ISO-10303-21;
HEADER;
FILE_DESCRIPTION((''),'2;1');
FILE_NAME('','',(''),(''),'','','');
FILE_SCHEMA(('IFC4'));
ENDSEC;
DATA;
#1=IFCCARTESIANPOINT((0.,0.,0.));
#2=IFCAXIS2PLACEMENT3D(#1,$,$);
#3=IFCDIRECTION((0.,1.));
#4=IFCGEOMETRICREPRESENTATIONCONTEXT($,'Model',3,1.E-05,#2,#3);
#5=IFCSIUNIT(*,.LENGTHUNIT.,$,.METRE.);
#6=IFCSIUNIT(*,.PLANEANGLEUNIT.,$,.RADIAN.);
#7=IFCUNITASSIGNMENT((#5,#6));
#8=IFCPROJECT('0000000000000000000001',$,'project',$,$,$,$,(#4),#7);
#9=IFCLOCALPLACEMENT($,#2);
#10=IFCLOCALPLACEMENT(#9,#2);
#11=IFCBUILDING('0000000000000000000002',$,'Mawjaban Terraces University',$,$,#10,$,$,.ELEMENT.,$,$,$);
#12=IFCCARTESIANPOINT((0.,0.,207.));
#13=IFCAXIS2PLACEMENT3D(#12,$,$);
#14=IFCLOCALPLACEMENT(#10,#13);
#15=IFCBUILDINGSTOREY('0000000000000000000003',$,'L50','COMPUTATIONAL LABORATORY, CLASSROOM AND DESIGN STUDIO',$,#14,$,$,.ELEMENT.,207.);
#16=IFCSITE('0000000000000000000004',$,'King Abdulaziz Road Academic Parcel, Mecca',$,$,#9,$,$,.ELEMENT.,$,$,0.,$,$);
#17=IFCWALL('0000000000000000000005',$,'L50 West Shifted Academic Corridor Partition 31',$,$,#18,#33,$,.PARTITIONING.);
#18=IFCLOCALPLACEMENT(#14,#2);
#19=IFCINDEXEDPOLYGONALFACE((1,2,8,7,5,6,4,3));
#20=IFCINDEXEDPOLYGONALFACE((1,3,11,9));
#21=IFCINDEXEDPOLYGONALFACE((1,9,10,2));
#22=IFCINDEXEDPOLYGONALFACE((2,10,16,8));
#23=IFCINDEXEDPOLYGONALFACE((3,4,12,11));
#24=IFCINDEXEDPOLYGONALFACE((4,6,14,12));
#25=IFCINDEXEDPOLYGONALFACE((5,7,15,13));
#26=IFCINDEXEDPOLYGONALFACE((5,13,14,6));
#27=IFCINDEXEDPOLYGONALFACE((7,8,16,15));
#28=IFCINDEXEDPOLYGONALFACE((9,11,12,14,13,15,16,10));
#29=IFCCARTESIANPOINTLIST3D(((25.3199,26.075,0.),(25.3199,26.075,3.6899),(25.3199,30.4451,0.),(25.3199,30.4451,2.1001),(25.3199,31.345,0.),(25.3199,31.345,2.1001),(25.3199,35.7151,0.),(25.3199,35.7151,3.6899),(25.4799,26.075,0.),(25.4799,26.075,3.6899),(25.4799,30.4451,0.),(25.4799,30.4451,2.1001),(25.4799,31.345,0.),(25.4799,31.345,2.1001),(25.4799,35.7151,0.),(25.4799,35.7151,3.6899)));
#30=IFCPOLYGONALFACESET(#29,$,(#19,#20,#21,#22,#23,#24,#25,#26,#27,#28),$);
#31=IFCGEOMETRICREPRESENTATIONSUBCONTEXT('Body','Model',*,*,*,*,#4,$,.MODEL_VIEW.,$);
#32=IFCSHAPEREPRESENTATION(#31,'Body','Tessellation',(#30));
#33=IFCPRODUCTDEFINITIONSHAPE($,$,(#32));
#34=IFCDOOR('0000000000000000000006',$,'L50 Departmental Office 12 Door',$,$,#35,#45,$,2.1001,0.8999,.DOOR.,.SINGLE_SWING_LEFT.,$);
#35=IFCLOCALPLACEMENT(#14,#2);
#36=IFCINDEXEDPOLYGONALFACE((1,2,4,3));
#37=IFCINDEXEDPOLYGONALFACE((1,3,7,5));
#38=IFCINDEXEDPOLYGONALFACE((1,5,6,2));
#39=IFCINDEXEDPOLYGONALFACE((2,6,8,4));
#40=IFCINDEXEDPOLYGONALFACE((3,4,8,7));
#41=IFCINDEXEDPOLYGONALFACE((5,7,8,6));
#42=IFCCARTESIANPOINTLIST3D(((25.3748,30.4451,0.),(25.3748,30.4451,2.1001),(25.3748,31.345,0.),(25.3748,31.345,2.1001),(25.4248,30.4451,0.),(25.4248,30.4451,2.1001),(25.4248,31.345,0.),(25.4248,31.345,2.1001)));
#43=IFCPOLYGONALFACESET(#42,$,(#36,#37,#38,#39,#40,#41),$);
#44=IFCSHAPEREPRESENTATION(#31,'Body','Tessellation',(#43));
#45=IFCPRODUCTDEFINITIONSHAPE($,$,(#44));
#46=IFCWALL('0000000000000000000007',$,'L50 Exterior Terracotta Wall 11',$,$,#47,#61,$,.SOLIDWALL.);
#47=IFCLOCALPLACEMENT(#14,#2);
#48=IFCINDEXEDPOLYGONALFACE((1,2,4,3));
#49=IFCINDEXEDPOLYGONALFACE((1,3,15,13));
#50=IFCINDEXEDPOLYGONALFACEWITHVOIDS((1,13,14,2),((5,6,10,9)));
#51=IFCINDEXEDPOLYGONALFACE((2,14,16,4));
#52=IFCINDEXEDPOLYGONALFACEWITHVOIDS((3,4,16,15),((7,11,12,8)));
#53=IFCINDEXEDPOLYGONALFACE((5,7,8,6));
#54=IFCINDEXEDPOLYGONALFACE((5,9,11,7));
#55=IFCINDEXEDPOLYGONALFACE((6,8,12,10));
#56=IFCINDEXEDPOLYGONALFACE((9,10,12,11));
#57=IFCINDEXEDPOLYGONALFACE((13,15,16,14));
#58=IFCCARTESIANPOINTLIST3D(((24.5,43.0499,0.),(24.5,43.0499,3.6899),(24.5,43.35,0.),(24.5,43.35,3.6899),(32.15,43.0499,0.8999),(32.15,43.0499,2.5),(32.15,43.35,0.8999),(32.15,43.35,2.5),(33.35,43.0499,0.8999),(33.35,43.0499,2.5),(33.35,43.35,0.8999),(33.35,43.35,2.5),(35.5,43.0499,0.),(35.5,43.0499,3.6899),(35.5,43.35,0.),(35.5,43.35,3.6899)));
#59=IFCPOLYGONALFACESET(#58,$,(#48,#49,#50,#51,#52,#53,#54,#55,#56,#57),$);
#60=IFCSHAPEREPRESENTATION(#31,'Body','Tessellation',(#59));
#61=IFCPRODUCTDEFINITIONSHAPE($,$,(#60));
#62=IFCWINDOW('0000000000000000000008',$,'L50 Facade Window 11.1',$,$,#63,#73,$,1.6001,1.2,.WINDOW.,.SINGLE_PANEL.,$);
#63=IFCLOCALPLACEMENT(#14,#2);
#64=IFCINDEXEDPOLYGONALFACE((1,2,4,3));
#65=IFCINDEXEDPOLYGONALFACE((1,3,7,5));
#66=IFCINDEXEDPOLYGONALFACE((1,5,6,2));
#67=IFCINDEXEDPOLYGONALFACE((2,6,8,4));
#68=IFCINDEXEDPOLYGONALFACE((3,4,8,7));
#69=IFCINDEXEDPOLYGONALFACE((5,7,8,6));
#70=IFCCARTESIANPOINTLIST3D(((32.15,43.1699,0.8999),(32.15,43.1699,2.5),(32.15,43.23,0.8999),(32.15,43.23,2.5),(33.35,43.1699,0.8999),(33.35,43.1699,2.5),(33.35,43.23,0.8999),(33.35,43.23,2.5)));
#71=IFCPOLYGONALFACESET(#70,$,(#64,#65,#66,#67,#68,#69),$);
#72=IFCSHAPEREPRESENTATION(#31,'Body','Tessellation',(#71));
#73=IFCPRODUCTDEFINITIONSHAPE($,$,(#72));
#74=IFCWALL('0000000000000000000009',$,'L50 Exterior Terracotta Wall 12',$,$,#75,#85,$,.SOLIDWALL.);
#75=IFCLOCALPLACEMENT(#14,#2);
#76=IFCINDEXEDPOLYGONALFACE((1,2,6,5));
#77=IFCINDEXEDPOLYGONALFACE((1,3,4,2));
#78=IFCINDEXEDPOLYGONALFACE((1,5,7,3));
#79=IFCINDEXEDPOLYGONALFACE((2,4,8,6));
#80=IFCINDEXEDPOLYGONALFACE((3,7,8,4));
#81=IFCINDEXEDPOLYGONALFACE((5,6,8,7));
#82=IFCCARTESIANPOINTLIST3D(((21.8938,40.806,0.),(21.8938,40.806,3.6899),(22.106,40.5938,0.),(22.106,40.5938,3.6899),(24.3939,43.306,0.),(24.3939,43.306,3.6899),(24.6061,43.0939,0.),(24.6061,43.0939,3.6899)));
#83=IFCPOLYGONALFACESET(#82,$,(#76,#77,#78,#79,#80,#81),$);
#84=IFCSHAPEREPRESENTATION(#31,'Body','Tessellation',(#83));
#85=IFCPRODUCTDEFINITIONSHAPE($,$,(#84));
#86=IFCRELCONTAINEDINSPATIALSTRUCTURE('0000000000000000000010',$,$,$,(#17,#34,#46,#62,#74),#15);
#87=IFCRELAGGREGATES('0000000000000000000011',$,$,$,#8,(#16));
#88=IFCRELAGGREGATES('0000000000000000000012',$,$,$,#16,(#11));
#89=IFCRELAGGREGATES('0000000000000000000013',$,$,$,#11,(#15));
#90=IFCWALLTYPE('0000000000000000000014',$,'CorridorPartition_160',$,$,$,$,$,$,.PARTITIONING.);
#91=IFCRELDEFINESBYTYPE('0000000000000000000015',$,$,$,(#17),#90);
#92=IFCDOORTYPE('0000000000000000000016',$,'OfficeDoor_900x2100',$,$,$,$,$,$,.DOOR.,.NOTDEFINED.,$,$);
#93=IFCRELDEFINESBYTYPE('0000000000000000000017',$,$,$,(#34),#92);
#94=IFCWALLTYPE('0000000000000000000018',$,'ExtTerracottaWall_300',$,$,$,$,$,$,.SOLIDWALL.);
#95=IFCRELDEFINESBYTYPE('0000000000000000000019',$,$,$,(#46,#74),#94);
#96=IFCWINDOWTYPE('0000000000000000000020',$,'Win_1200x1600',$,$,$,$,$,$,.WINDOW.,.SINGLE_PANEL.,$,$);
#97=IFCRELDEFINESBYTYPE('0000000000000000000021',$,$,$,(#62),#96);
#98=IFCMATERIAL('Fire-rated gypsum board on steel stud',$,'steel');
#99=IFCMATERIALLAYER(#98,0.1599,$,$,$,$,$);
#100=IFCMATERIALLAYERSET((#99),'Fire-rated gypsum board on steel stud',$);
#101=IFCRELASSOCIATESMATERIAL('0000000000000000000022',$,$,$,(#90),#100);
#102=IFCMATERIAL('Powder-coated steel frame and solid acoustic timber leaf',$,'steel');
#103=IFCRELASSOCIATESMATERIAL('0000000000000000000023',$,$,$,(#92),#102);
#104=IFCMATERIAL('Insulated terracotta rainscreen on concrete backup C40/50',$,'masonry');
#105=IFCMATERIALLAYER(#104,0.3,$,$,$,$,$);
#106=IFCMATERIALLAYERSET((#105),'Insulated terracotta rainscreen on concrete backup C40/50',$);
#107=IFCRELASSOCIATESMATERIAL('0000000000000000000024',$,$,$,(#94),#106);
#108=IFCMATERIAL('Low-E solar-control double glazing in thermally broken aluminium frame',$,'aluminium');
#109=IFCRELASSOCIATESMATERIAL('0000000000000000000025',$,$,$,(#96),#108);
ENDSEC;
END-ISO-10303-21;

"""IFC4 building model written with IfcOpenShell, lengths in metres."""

from ifc_helpers import new_model, si_unit, direction, frame, frame_2d, origin, place, context, subcontext, project, spatial, rectangle, extrude, material, layer, layer_set, type_object, element, fill, save


model = new_model("IFC4")

# Units and contexts
model_context = context("Model", 3, precision=1e-05, world=origin(), true_north=direction((0.0, 1.0)))
body_context = subcontext(model_context, "Body", "Model", "MODEL_VIEW")
ifc_project = project(units=[si_unit("LENGTHUNIT", "METRE"), si_unit("PLANEANGLEUNIT", "RADIAN")], contexts=[model_context])

# Site, building, storey
site_placement = place(None, origin())
site = spatial("IfcSite", under=ifc_project, at=site_placement, Name="King Abdulaziz Road Academic Parcel, Mecca", CompositionType="ELEMENT", RefElevation=0.0)
building_placement = place(site_placement, origin())
building = spatial("IfcBuilding", under=site, at=building_placement, Name="Mawjaban Terraces University", CompositionType="ELEMENT")
storey_placement = place(building_placement, frame((0.0, 0.0, 207.0)))
storey = spatial("IfcBuildingStorey", under=building, at=storey_placement, Name="L50", Description="COMPUTATIONAL LABORATORY, CLASSROOM AND DESIGN STUDIO", CompositionType="ELEMENT", Elevation=207.0)

# Wall, opening, door
ifc_material_1 = material(Name="Powder-coated steel frame and solid acoustic timber leaf", Category="steel")
ifc_material_2 = material(Name="Fire-rated gypsum board on steel stud", Category="steel")
ifc_layer_1 = layer(ifc_material_2, 0.1599)
ifc_layer_set_1 = layer_set([ifc_layer_1], Name="Fire-rated gypsum board on steel stud")
wall_type_1 = type_object("IfcWallType", Name="CorridorPartition_160", PredefinedType="PARTITIONING", material=ifc_layer_set_1)
wall_1_placement = place(storey_placement, frame((25.3999, 35.7151, 0.0), z_axis=(0.0, 0.0, 1.0), x_axis=(0.0, -1.0, 0.0)))
wall_1 = element("IfcWall", 1, at=wall_1_placement, inside=storey, type_object=wall_type_1, Name="L50 West Shifted Academic Corridor Partition 31", PredefinedType="PARTITIONING", context=body_context, shape_type="SweptSolid", body=[
    extrude(rectangle(XDim=9.6401, YDim=0.1599, at=frame_2d((4.8201, 0.0))), origin(), (0.0, 0.0, 1.0), 3.6899),
])
opening_1_placement = place(wall_1_placement, frame((4.3701, 0.0, 0.0)))
opening_1 = element("IfcOpeningElement", 2, at=opening_1_placement, cuts=wall_1, PredefinedType="OPENING", context=body_context, shape_type="SweptSolid", body=[
    extrude(rectangle(XDim=0.8999, YDim=2.1001, at=frame_2d((0.45, 1.05))), frame((0.0, 0.0898, 0.0), z_axis=(0.0, -1.0, 0.0), x_axis=(1.0, 0.0, 0.0)), (0.0, 0.0, 1.0), 0.1799),
])
door_type_1 = type_object("IfcDoorType", Name="OfficeDoor_900x2100", OperationType="NOTDEFINED", PredefinedType="DOOR", material=ifc_material_1)
door_1_placement = place(opening_1_placement, origin())
door_1 = element("IfcDoor", 3, at=door_1_placement, inside=storey, type_object=door_type_1, Name="L50 Departmental Office 12 Door", OperationType="SINGLE_SWING_LEFT", OverallHeight=2.1001, OverallWidth=0.8999, PredefinedType="DOOR", context=body_context, shape_type="SweptSolid", body=[
    extrude(rectangle(XDim=0.8999, YDim=2.1001, at=frame_2d((0.45, 1.05))), frame((0.0, 0.0249, 0.0), z_axis=(0.0, -1.0, 0.0), x_axis=(1.0, 0.0, 0.0)), (0.0, 0.0, 1.0), 0.05),
])
fill(opening_1, door_1)

# Wall, opening, window
ifc_material_3 = material(Name="Insulated terracotta rainscreen on concrete backup C40/50", Category="masonry")
ifc_layer_2 = layer(ifc_material_3, 0.3)
ifc_layer_set_2 = layer_set([ifc_layer_2], Name="Insulated terracotta rainscreen on concrete backup C40/50")
wall_type_2 = type_object("IfcWallType", Name="ExtTerracottaWall_300", PredefinedType="SOLIDWALL", material=ifc_layer_set_2)
wall_2_placement = place(storey_placement, frame((35.5, 43.2, 0.0), z_axis=(0.0, 0.0, 1.0), x_axis=(-1.0, 0.0, 0.0)))
wall_2 = element("IfcWall", 4, at=wall_2_placement, inside=storey, type_object=wall_type_2, Name="L50 Exterior Terracotta Wall 11", PredefinedType="SOLIDWALL", context=body_context, shape_type="SweptSolid", body=[
    extrude(rectangle(XDim=11.0, YDim=0.3, at=frame_2d((5.5, 0.0))), origin(), (0.0, 0.0, 1.0), 3.6899),
])
opening_2_placement = place(wall_2_placement, frame((2.1499, 0.0, 0.8999)))
opening_2 = element("IfcOpeningElement", 5, at=opening_2_placement, cuts=wall_2, PredefinedType="OPENING", context=body_context, shape_type="SweptSolid", body=[
    extrude(rectangle(XDim=1.2, YDim=1.6001, at=frame_2d((0.6001, 0.8))), frame((0.0, 0.1599, 0.0), z_axis=(0.0, -1.0, 0.0), x_axis=(1.0, 0.0, 0.0)), (0.0, 0.0, 1.0), 0.3201),
])
ifc_material_4 = material(Name="Low-E solar-control double glazing in thermally broken aluminium frame", Category="aluminium")
window_type_1 = type_object("IfcWindowType", Name="Win_1200x1600", PartitioningType="SINGLE_PANEL", PredefinedType="WINDOW", material=ifc_material_4)
window_1_placement = place(opening_2_placement, origin())
window_1 = element("IfcWindow", 6, at=window_1_placement, inside=storey, type_object=window_type_1, Name="L50 Facade Window 11.1", OverallHeight=1.6001, OverallWidth=1.2, PartitioningType="SINGLE_PANEL", PredefinedType="WINDOW", context=body_context, shape_type="SweptSolid", body=[
    extrude(rectangle(XDim=1.2, YDim=1.6001, at=frame_2d((0.6001, 0.8))), frame((0.0, 0.03, 0.0), z_axis=(0.0, -1.0, 0.0), x_axis=(1.0, 0.0, 0.0)), (0.0, 0.0, 1.0), 0.0601),
])
fill(opening_2, window_1)

# Wall
wall_3_placement = place(storey_placement, frame((24.5, 43.2, 0.0), z_axis=(0.0, 0.0, 1.0), x_axis=(-0.707107, -0.707107, 0.0)))
element("IfcWall", 7, at=wall_3_placement, inside=storey, type_object=wall_type_2, Name="L50 Exterior Terracotta Wall 12", PredefinedType="SOLIDWALL", context=body_context, shape_type="SweptSolid", body=[
    extrude(rectangle(XDim=3.5356, YDim=0.3, at=frame_2d((1.7678, 0.0))), origin(), (0.0, 0.0, 1.0), 3.6899),
])

save(model, "model.ifc")
